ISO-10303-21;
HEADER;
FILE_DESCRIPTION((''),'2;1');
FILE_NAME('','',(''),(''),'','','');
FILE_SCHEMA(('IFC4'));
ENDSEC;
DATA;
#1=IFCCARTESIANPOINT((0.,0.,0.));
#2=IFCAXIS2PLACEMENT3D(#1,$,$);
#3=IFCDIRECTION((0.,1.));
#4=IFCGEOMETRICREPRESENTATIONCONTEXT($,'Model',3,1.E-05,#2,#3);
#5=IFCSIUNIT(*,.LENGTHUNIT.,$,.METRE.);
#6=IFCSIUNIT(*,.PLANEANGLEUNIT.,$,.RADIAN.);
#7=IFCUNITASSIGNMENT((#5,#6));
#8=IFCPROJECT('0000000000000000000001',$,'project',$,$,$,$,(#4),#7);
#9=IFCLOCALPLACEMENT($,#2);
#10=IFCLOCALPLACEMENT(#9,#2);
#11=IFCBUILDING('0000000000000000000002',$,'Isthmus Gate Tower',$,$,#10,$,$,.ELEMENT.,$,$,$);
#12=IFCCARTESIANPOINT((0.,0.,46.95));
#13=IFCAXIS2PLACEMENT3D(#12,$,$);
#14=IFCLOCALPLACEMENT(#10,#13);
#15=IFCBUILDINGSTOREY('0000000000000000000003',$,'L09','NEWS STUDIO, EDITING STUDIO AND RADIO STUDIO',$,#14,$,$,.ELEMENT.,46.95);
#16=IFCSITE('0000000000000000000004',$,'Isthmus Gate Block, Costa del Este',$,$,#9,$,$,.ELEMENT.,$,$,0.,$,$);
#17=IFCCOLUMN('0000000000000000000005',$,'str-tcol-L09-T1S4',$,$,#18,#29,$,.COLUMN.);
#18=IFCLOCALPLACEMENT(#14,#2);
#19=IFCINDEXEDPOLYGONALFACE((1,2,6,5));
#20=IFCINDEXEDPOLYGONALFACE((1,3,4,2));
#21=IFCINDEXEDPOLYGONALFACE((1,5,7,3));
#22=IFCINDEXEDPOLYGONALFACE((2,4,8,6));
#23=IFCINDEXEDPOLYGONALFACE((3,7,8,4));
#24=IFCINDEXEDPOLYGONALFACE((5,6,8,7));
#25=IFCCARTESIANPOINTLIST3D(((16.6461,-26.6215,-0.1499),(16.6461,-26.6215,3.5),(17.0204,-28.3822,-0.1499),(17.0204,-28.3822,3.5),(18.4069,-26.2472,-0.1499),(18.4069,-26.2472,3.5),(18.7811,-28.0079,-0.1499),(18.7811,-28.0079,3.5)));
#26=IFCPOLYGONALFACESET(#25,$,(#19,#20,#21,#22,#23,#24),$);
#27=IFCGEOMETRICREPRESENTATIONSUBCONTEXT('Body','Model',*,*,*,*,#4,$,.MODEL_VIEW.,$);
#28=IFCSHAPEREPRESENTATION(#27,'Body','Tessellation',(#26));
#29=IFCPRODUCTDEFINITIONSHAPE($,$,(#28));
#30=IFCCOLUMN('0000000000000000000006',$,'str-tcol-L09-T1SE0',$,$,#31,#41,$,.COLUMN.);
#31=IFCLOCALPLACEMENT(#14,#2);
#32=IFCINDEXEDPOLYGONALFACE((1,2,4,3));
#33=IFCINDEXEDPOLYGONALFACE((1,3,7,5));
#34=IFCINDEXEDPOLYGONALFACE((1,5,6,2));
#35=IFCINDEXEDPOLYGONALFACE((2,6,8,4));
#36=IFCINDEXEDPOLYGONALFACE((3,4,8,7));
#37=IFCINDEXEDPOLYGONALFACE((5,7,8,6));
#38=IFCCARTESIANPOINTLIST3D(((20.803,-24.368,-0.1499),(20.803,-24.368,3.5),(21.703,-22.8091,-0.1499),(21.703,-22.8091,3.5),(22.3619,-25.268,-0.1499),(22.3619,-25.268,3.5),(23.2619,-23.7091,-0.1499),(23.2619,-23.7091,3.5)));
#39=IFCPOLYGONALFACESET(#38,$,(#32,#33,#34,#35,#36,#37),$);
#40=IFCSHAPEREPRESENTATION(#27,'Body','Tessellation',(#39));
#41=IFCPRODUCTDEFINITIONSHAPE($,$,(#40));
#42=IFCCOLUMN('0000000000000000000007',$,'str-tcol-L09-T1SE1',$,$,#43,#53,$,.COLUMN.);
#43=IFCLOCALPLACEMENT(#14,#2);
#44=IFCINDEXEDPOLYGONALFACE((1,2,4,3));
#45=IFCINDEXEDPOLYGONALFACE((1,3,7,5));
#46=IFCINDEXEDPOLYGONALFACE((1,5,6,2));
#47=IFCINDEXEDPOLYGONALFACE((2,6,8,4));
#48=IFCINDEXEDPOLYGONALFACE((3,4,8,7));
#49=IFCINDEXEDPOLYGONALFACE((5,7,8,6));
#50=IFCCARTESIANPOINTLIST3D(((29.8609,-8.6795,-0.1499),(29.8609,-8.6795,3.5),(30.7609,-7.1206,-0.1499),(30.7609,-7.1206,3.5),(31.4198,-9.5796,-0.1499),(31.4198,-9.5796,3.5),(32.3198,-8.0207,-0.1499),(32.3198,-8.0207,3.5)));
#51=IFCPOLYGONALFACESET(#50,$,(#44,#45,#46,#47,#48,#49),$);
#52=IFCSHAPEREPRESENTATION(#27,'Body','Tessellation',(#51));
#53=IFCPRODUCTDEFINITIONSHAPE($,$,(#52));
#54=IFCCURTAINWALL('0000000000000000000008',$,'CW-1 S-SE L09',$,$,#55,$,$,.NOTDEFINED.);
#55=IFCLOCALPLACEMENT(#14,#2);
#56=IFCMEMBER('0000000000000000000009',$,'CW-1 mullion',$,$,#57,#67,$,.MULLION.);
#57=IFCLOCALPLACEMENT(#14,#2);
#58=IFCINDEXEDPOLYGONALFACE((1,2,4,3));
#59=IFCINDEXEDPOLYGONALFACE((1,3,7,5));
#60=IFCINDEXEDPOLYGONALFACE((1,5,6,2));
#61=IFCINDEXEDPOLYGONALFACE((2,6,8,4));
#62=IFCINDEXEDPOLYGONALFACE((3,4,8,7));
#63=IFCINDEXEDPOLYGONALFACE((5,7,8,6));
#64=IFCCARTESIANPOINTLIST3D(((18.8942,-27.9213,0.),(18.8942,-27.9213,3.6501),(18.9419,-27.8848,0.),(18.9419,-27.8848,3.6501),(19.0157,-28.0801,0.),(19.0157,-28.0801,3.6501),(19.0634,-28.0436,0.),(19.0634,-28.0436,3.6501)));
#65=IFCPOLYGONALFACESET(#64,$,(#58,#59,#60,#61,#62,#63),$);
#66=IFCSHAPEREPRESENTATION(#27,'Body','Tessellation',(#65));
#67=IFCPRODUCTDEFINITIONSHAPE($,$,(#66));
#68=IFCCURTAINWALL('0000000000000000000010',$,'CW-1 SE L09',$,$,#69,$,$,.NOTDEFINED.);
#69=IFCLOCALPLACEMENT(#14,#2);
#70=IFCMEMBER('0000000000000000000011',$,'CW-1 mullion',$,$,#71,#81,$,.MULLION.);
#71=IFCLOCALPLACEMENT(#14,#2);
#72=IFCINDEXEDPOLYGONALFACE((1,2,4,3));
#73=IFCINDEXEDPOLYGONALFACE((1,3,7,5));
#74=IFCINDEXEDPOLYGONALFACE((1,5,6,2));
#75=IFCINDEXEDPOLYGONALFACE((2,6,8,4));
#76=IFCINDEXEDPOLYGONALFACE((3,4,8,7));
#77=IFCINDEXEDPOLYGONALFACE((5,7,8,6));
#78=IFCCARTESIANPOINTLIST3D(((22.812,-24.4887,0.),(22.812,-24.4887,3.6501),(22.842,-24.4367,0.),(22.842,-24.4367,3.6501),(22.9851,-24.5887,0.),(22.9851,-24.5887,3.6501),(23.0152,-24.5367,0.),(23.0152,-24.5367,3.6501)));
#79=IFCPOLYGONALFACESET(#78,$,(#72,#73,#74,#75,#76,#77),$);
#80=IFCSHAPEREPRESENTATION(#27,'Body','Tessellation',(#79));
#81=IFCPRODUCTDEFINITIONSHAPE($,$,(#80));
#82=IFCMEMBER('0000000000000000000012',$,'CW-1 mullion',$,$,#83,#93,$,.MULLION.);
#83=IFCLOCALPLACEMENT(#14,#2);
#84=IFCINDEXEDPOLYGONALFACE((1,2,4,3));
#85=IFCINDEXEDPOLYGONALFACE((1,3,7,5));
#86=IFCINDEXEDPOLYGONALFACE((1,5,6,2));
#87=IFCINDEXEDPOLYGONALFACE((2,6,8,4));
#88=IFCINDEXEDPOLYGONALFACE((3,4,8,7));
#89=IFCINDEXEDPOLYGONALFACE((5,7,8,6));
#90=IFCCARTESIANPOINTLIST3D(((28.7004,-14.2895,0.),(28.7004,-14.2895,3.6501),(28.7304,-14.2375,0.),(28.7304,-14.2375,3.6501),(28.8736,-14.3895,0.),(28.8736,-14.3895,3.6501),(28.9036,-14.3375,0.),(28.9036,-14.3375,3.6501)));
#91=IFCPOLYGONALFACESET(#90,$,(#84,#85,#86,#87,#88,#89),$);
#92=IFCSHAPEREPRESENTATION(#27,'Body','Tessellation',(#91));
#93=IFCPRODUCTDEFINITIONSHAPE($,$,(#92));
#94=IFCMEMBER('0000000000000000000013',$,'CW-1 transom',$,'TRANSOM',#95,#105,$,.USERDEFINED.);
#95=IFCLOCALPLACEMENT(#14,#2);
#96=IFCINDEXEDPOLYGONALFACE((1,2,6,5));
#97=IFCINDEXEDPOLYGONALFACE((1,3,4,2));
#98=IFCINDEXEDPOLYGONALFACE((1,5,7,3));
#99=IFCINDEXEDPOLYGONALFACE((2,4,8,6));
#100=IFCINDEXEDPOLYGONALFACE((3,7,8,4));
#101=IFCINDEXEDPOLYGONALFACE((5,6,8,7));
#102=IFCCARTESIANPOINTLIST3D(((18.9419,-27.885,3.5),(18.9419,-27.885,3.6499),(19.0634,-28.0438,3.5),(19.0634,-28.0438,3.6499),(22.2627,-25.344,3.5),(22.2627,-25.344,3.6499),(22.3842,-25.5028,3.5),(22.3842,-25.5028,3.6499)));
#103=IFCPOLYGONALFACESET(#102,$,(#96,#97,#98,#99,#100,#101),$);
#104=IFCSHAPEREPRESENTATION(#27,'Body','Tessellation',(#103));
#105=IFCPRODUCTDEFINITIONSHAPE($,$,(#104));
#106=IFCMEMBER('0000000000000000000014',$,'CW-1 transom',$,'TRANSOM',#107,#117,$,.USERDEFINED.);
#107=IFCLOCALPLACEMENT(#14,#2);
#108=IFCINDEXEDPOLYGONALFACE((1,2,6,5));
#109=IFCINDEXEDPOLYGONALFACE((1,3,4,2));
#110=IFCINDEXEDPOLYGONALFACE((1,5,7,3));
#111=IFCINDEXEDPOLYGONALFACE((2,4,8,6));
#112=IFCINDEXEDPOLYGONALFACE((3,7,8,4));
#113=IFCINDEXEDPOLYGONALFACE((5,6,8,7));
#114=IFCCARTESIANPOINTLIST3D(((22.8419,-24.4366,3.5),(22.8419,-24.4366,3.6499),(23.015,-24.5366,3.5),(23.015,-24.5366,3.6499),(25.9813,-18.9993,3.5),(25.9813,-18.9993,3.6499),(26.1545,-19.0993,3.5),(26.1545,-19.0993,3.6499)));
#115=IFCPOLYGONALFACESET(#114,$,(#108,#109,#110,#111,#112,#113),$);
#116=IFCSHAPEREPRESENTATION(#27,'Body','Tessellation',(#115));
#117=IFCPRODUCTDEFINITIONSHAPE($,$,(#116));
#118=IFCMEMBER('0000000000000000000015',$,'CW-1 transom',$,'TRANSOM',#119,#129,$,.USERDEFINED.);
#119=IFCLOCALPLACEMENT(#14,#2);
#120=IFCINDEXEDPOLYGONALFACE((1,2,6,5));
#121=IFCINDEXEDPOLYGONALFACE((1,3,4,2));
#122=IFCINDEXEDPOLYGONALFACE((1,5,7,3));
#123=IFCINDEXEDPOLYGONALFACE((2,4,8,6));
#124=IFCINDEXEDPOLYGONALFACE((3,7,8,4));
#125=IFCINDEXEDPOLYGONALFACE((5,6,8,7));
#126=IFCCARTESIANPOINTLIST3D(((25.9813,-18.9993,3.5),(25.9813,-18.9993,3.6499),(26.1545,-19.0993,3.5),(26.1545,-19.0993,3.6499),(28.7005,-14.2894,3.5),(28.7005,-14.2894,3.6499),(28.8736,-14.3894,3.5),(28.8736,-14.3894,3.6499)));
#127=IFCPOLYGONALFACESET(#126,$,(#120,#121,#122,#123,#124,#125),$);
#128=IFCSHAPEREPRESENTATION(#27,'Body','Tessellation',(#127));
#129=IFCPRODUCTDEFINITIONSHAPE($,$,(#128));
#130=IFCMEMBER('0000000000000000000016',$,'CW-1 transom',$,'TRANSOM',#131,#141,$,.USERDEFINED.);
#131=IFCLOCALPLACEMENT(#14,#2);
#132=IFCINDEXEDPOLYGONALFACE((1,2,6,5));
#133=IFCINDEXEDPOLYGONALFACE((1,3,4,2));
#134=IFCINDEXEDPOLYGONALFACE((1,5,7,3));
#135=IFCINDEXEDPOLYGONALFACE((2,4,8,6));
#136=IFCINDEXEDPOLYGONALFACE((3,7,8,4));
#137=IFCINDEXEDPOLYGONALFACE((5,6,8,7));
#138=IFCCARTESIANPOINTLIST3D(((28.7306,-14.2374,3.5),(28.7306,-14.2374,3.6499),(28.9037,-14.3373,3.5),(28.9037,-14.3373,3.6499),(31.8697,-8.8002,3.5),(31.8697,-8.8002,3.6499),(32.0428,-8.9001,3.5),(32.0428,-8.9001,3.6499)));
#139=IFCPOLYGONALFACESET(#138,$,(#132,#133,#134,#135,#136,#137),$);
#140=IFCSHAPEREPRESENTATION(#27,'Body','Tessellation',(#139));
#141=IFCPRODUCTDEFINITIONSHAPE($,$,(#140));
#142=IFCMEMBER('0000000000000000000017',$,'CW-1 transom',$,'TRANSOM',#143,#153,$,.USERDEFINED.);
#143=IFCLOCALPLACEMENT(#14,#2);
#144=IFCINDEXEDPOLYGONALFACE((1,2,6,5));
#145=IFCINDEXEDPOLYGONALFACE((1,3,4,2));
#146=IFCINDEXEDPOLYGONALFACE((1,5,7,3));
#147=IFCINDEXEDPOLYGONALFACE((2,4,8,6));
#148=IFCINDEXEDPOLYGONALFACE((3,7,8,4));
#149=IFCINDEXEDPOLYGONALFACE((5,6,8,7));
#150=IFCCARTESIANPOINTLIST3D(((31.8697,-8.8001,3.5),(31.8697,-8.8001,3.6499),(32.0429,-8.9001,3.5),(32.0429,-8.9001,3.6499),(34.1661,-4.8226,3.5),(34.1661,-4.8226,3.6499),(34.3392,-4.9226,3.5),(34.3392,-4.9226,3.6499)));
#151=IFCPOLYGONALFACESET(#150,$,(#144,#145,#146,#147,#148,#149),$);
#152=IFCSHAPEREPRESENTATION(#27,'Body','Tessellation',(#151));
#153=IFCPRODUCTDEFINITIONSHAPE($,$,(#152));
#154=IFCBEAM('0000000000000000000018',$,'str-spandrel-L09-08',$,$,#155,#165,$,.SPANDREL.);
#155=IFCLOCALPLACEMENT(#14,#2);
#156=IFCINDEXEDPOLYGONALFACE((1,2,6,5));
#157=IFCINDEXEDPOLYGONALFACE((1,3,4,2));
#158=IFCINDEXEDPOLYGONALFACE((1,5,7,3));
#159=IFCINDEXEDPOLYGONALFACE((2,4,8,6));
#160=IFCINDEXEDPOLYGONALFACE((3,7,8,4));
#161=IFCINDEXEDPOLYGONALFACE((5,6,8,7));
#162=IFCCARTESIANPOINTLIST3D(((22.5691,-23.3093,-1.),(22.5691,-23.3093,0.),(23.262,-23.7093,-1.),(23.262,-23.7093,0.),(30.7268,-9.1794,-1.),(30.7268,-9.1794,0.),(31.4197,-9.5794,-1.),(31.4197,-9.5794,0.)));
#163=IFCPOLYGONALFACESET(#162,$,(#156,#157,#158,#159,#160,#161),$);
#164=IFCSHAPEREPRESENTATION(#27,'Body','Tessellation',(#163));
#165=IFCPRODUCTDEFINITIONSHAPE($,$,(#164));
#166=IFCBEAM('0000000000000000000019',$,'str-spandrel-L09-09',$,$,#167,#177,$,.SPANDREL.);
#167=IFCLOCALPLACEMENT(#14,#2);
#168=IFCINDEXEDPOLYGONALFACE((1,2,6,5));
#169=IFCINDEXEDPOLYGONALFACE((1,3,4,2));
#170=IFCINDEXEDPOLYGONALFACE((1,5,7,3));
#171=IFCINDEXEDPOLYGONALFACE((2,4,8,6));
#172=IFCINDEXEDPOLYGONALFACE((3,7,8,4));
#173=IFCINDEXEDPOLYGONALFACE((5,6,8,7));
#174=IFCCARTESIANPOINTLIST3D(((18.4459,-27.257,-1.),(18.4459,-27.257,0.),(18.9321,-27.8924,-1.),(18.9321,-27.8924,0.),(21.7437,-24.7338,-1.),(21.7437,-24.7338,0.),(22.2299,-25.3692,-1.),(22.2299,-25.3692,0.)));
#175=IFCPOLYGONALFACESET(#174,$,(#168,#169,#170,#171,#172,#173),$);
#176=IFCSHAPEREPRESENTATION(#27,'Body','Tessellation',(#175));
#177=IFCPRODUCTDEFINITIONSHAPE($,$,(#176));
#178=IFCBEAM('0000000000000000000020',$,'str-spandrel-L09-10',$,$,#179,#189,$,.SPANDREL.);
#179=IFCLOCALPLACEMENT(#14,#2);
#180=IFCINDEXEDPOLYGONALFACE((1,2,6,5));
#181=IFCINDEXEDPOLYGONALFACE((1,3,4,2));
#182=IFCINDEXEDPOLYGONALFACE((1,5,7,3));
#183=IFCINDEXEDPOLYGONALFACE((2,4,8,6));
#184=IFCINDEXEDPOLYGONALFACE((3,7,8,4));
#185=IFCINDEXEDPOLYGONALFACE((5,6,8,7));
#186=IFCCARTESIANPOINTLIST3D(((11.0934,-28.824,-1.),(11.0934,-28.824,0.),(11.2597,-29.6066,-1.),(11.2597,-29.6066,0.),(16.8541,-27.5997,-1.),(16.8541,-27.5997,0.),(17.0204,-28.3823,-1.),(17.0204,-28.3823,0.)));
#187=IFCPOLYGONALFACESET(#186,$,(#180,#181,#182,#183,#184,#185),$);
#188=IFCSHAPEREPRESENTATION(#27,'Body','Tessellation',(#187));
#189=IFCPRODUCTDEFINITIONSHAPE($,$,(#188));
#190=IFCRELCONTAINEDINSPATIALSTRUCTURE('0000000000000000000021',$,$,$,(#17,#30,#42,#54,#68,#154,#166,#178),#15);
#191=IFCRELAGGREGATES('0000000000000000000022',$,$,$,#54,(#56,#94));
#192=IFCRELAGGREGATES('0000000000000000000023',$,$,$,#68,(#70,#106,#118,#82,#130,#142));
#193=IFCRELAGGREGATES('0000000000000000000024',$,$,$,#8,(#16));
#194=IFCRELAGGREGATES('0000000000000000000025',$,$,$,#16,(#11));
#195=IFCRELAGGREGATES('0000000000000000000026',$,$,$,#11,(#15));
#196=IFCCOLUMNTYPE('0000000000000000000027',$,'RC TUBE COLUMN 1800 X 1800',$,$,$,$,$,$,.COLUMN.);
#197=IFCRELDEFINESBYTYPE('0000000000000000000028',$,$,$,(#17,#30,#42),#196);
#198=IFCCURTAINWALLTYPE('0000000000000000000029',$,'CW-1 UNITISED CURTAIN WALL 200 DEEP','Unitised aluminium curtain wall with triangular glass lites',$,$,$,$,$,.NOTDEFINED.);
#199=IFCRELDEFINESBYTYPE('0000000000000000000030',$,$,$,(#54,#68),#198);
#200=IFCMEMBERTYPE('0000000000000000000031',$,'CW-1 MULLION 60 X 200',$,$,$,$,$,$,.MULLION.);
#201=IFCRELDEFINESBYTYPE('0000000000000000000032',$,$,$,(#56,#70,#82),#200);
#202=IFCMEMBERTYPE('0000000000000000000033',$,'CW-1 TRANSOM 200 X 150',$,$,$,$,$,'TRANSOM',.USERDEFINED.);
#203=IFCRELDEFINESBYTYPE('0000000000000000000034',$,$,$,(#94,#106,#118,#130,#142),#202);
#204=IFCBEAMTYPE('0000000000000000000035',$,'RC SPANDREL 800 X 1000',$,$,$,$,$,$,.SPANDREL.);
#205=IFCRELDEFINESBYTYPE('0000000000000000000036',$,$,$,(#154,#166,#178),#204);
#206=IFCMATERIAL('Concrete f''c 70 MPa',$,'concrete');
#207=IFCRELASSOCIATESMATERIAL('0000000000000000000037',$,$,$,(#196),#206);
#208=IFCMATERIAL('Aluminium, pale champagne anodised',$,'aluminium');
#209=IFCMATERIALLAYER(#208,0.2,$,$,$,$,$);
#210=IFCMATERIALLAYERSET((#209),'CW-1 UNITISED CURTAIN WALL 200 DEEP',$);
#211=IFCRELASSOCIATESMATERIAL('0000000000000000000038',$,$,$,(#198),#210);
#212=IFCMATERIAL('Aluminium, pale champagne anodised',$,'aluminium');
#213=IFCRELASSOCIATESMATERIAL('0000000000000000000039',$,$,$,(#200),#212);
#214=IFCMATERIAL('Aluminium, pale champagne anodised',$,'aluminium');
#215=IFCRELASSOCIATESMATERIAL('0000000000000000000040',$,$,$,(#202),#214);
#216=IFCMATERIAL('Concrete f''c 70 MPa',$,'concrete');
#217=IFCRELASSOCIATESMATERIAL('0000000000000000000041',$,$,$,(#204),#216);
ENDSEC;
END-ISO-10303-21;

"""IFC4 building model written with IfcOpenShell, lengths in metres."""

from ifc_helpers import new_model, si_unit, direction, frame, origin, origin_2d, place, context, subcontext, project, spatial, rectangle, extrude, material, layer, layer_set, material_profile, profile_set, type_object, element, aggregate, save


model = new_model("IFC4")

# Units and contexts
model_context = context("Model", 3, precision=1e-05, world=origin(), true_north=direction((0.0, 1.0)))
body_context = subcontext(model_context, "Body", "Model", "MODEL_VIEW")
ifc_project = project(units=[si_unit("LENGTHUNIT", "METRE"), si_unit("PLANEANGLEUNIT", "RADIAN")], contexts=[model_context])

# Site, building, storey
site_placement = place(None, origin())
site = spatial("IfcSite", under=ifc_project, at=site_placement, Name="Isthmus Gate Block, Costa del Este", CompositionType="ELEMENT", RefElevation=0.0)
building_placement = place(site_placement, origin())
building = spatial("IfcBuilding", under=site, at=building_placement, Name="Isthmus Gate Tower", CompositionType="ELEMENT")
storey_placement = place(building_placement, frame((0.0, 0.0, 46.95)))
storey = spatial("IfcBuildingStorey", under=building, at=storey_placement, Name="L09", Description="NEWS STUDIO, EDITING STUDIO AND RADIO STUDIO", CompositionType="ELEMENT", Elevation=46.95)

# Columns
ifc_material_1 = material(Name="Concrete f'c 70 MPa", Category="concrete")
ifc_material_profile_1 = material_profile(ifc_material_1, rectangle(XDim=1.8, YDim=1.8, at=origin_2d()), Name="RC 1800X1800")
ifc_profile_set_1 = profile_set([ifc_material_profile_1], Name="Concrete f'c 70 MPa")
column_type = type_object("IfcColumnType", Name="RC TUBE COLUMN 1800 X 1800", PredefinedType="COLUMN", material=ifc_profile_set_1)
for number, where, z_axis, x_axis, name in (
    (1, (17.7136, -27.3147, -0.1499), (0.0, 0.0, 1.0), (0.978148, 0.207912, 0.0), "str-tcol-L09-T1S4"),
    (2, (22.0325, -24.0386, -0.1499), (0.0, 0.0, 1.0), (0.5, 0.866025, 0.0), "str-tcol-L09-T1SE0"),
    (3, (31.0903, -8.3501, -0.1499), (0.0, 0.0, 1.0), (0.5, 0.866025, 0.0), "str-tcol-L09-T1SE1"),
):
    element("IfcColumn", number, at=place(storey_placement, frame(where, z_axis=z_axis, x_axis=x_axis)), inside=storey, type_object=column_type, Name=name, PredefinedType="COLUMN", context=body_context, shape_type="SweptSolid", body=[
        extrude(rectangle(XDim=1.8, YDim=1.8, at=origin_2d()), origin(), (0.0, 0.0, 1.0), 3.6499),
    ])

# Curtain wall, member
ifc_material_2 = material(Name="Aluminium, pale champagne anodised", Category="aluminium")
ifc_layer_1 = layer(ifc_material_2, 0.2)
ifc_layer_set_1 = layer_set([ifc_layer_1], Name="CW-1 UNITISED CURTAIN WALL 200 DEEP")
curtain_wall_type = type_object("IfcCurtainWallType", Name="CW-1 UNITISED CURTAIN WALL 200 DEEP", Description="Unitised aluminium curtain wall with triangular glass lites", PredefinedType="NOTDEFINED", material=ifc_layer_set_1)
curtain_wall_1_placement = place(storey_placement, origin())
curtain_wall_1 = element("IfcCurtainWall", 4, at=curtain_wall_1_placement, inside=storey, type_object=curtain_wall_type, Name="CW-1 S-SE L09", PredefinedType="NOTDEFINED")
ifc_material_3 = material(Name="Aluminium, pale champagne anodised", Category="aluminium")
ifc_material_profile_2 = material_profile(ifc_material_3, rectangle(XDim=0.0601, YDim=0.2, at=origin_2d()), Name="60x200")
ifc_profile_set_2 = profile_set([ifc_material_profile_2], Name="Aluminium, pale champagne anodised")
member_type_1 = type_object("IfcMemberType", Name="CW-1 MULLION 60 X 200", PredefinedType="MULLION", material=ifc_profile_set_2)
member_1_placement = place(storey_placement, frame((18.9788, -27.9824, 0.0), z_axis=(0.0, 0.0, 1.0), x_axis=(0.794189, 0.607671, 0.0)))
member_1 = element("IfcMember", 5, at=member_1_placement, type_object=member_type_1, Name="CW-1 mullion", PredefinedType="MULLION", context=body_context, shape_type="SweptSolid", body=[
    extrude(rectangle(XDim=0.0601, YDim=0.2, at=origin_2d()), origin(), (0.0, 0.0, 1.0), 3.6501),
])

# Curtain wall, members
curtain_wall_2_placement = place(storey_placement, origin())
curtain_wall_2 = element("IfcCurtainWall", 6, at=curtain_wall_2_placement, inside=storey, type_object=curtain_wall_type, Name="CW-1 SE L09", PredefinedType="NOTDEFINED")
member_2_placement = place(storey_placement, frame((22.9136, -24.5127, 0.0), z_axis=(0.0, 0.0, 1.0), x_axis=(0.5, 0.866025, 0.0)))
member_2 = element("IfcMember", 7, at=member_2_placement, type_object=member_type_1, Name="CW-1 mullion", PredefinedType="MULLION", context=body_context, shape_type="SweptSolid", body=[
    extrude(rectangle(XDim=0.0601, YDim=0.2, at=origin_2d()), origin(), (0.0, 0.0, 1.0), 3.6501),
])
member_3_placement = place(storey_placement, frame((28.802, -14.3135, 0.0), z_axis=(0.0, 0.0, 1.0), x_axis=(0.5, 0.866025, 0.0)))
member_3 = element("IfcMember", 8, at=member_3_placement, type_object=member_type_1, Name="CW-1 mullion", PredefinedType="MULLION", context=body_context, shape_type="SweptSolid", body=[
    extrude(rectangle(XDim=0.0601, YDim=0.2, at=origin_2d()), origin(), (0.0, 0.0, 1.0), 3.6501),
])

# Members
ifc_material_4 = material(Name="Aluminium, pale champagne anodised", Category="aluminium")
ifc_material_profile_3 = material_profile(ifc_material_4, rectangle(XDim=0.2, YDim=0.1499, at=origin_2d()), Name="200x150")
ifc_profile_set_3 = profile_set([ifc_material_profile_3], Name="Aluminium, pale champagne anodised")
member_type_2 = type_object("IfcMemberType", Name="CW-1 TRANSOM 200 X 150", ElementType="TRANSOM", PredefinedType="USERDEFINED", material=ifc_profile_set_3)
member_4_placement = place(storey_placement, frame((19.0027, -27.9644, 3.575), z_axis=(0.794175, 0.607688, 0.0), x_axis=(-0.607688, 0.794175, 0.0)))
member_4 = element("IfcMember", 9, at=member_4_placement, type_object=member_type_2, Name="CW-1 transom", ObjectType="TRANSOM", PredefinedType="USERDEFINED", context=body_context, shape_type="SweptSolid", body=[
    extrude(rectangle(XDim=0.2, YDim=0.1499, at=origin_2d()), origin(), (0.0, 0.0, 1.0), 4.1814),
])
member_5_placement = place(storey_placement, frame((22.9285, -24.4866, 3.575), z_axis=(0.500024, 0.866011, 0.0), x_axis=(-0.866011, 0.500024, 0.0)))
member_5 = element("IfcMember", 10, at=member_5_placement, type_object=member_type_2, Name="CW-1 transom", ObjectType="TRANSOM", PredefinedType="USERDEFINED", context=body_context, shape_type="SweptSolid", body=[
    extrude(rectangle(XDim=0.2, YDim=0.1499, at=origin_2d()), origin(), (0.0, 0.0, 1.0), 6.2786),
])
member_6_placement = place(storey_placement, frame((26.0679, -19.0493, 3.575), z_axis=(0.499992, 0.86603, 0.0), x_axis=(-0.86603, 0.499992, 0.0)))
member_6 = element("IfcMember", 11, at=member_6_placement, type_object=member_type_2, Name="CW-1 transom", ObjectType="TRANSOM", PredefinedType="USERDEFINED", context=body_context, shape_type="SweptSolid", body=[
    extrude(rectangle(XDim=0.2, YDim=0.1499, at=origin_2d()), origin(), (0.0, 0.0, 1.0), 5.4385),
])
member_7_placement = place(storey_placement, frame((28.8171, -14.2874, 3.575), z_axis=(0.499995, 0.866028, 0.0), x_axis=(-0.866028, 0.499995, 0.0)))
member_7 = element("IfcMember", 12, at=member_7_placement, type_object=member_type_2, Name="CW-1 transom", ObjectType="TRANSOM", PredefinedType="USERDEFINED", context=body_context, shape_type="SweptSolid", body=[
    extrude(rectangle(XDim=0.2, YDim=0.1499, at=origin_2d()), origin(), (0.0, 0.0, 1.0), 6.2783),
])
member_8_placement = place(storey_placement, frame((31.9563, -8.8501, 3.575), z_axis=(0.499992, 0.86603, 0.0), x_axis=(-0.86603, 0.499992, 0.0)))
member_8 = element("IfcMember", 13, at=member_8_placement, type_object=member_type_2, Name="CW-1 transom", ObjectType="TRANSOM", PredefinedType="USERDEFINED", context=body_context, shape_type="SweptSolid", body=[
    extrude(rectangle(XDim=0.2, YDim=0.1499, at=origin_2d()), origin(), (0.0, 0.0, 1.0), 4.5928),
])

# Beams
ifc_material_5 = material(Name="Concrete f'c 70 MPa", Category="concrete")
ifc_material_profile_4 = material_profile(ifc_material_5, rectangle(XDim=0.8, YDim=1.0, at=origin_2d()), Name="RC 800X1000")
ifc_profile_set_4 = profile_set([ifc_material_profile_4], Name="Concrete f'c 70 MPa")
beam_type_1 = type_object("IfcBeamType", Name="RC SPANDREL 800 X 1000", PredefinedType="SPANDREL", material=ifc_profile_set_4)
beam_1_placement = place(storey_placement, frame((31.0732, -9.3794, -0.5), z_axis=(-0.499992, -0.86603, 0.0), x_axis=(0.86603, -0.499992, 0.0)))
element("IfcBeam", 14, at=beam_1_placement, inside=storey, type_object=beam_type_1, Name="str-spandrel-L09-08", PredefinedType="SPANDREL", context=body_context, shape_type="SweptSolid", body=[
    extrude(rectangle(XDim=0.8, YDim=1.0, at=origin_2d()), origin(), (0.0, 0.0, 1.0), 16.3157),
])
beam_2_placement = place(storey_placement, frame((21.9868, -25.0515, -0.5), z_axis=(-0.794206, -0.607649, 0.0), x_axis=(0.607649, -0.794206, 0.0)))
element("IfcBeam", 15, at=beam_2_placement, inside=storey, type_object=beam_type_1, Name="str-spandrel-L09-09", PredefinedType="SPANDREL", context=body_context, shape_type="SweptSolid", body=[
    extrude(rectangle(XDim=0.8, YDim=1.0, at=origin_2d()), origin(), (0.0, 0.0, 1.0), 4.1523),
])
beam_3_placement = place(storey_placement, frame((16.9373, -27.991, -0.5), z_axis=(-0.978152, -0.207892, 0.0), x_axis=(0.207892, -0.978152, 0.0)))
element("IfcBeam", 16, at=beam_3_placement, inside=storey, type_object=beam_type_1, Name="str-spandrel-L09-10", PredefinedType="SPANDREL", context=body_context, shape_type="SweptSolid", body=[
    extrude(rectangle(XDim=0.8, YDim=1.0, at=origin_2d()), origin(), (0.0, 0.0, 1.0), 5.8894),
])

aggregate(curtain_wall_1, [member_1, member_4])
aggregate(curtain_wall_2, [member_2, member_5, member_6, member_3, member_7, member_8])

save(model, "model.ifc")
